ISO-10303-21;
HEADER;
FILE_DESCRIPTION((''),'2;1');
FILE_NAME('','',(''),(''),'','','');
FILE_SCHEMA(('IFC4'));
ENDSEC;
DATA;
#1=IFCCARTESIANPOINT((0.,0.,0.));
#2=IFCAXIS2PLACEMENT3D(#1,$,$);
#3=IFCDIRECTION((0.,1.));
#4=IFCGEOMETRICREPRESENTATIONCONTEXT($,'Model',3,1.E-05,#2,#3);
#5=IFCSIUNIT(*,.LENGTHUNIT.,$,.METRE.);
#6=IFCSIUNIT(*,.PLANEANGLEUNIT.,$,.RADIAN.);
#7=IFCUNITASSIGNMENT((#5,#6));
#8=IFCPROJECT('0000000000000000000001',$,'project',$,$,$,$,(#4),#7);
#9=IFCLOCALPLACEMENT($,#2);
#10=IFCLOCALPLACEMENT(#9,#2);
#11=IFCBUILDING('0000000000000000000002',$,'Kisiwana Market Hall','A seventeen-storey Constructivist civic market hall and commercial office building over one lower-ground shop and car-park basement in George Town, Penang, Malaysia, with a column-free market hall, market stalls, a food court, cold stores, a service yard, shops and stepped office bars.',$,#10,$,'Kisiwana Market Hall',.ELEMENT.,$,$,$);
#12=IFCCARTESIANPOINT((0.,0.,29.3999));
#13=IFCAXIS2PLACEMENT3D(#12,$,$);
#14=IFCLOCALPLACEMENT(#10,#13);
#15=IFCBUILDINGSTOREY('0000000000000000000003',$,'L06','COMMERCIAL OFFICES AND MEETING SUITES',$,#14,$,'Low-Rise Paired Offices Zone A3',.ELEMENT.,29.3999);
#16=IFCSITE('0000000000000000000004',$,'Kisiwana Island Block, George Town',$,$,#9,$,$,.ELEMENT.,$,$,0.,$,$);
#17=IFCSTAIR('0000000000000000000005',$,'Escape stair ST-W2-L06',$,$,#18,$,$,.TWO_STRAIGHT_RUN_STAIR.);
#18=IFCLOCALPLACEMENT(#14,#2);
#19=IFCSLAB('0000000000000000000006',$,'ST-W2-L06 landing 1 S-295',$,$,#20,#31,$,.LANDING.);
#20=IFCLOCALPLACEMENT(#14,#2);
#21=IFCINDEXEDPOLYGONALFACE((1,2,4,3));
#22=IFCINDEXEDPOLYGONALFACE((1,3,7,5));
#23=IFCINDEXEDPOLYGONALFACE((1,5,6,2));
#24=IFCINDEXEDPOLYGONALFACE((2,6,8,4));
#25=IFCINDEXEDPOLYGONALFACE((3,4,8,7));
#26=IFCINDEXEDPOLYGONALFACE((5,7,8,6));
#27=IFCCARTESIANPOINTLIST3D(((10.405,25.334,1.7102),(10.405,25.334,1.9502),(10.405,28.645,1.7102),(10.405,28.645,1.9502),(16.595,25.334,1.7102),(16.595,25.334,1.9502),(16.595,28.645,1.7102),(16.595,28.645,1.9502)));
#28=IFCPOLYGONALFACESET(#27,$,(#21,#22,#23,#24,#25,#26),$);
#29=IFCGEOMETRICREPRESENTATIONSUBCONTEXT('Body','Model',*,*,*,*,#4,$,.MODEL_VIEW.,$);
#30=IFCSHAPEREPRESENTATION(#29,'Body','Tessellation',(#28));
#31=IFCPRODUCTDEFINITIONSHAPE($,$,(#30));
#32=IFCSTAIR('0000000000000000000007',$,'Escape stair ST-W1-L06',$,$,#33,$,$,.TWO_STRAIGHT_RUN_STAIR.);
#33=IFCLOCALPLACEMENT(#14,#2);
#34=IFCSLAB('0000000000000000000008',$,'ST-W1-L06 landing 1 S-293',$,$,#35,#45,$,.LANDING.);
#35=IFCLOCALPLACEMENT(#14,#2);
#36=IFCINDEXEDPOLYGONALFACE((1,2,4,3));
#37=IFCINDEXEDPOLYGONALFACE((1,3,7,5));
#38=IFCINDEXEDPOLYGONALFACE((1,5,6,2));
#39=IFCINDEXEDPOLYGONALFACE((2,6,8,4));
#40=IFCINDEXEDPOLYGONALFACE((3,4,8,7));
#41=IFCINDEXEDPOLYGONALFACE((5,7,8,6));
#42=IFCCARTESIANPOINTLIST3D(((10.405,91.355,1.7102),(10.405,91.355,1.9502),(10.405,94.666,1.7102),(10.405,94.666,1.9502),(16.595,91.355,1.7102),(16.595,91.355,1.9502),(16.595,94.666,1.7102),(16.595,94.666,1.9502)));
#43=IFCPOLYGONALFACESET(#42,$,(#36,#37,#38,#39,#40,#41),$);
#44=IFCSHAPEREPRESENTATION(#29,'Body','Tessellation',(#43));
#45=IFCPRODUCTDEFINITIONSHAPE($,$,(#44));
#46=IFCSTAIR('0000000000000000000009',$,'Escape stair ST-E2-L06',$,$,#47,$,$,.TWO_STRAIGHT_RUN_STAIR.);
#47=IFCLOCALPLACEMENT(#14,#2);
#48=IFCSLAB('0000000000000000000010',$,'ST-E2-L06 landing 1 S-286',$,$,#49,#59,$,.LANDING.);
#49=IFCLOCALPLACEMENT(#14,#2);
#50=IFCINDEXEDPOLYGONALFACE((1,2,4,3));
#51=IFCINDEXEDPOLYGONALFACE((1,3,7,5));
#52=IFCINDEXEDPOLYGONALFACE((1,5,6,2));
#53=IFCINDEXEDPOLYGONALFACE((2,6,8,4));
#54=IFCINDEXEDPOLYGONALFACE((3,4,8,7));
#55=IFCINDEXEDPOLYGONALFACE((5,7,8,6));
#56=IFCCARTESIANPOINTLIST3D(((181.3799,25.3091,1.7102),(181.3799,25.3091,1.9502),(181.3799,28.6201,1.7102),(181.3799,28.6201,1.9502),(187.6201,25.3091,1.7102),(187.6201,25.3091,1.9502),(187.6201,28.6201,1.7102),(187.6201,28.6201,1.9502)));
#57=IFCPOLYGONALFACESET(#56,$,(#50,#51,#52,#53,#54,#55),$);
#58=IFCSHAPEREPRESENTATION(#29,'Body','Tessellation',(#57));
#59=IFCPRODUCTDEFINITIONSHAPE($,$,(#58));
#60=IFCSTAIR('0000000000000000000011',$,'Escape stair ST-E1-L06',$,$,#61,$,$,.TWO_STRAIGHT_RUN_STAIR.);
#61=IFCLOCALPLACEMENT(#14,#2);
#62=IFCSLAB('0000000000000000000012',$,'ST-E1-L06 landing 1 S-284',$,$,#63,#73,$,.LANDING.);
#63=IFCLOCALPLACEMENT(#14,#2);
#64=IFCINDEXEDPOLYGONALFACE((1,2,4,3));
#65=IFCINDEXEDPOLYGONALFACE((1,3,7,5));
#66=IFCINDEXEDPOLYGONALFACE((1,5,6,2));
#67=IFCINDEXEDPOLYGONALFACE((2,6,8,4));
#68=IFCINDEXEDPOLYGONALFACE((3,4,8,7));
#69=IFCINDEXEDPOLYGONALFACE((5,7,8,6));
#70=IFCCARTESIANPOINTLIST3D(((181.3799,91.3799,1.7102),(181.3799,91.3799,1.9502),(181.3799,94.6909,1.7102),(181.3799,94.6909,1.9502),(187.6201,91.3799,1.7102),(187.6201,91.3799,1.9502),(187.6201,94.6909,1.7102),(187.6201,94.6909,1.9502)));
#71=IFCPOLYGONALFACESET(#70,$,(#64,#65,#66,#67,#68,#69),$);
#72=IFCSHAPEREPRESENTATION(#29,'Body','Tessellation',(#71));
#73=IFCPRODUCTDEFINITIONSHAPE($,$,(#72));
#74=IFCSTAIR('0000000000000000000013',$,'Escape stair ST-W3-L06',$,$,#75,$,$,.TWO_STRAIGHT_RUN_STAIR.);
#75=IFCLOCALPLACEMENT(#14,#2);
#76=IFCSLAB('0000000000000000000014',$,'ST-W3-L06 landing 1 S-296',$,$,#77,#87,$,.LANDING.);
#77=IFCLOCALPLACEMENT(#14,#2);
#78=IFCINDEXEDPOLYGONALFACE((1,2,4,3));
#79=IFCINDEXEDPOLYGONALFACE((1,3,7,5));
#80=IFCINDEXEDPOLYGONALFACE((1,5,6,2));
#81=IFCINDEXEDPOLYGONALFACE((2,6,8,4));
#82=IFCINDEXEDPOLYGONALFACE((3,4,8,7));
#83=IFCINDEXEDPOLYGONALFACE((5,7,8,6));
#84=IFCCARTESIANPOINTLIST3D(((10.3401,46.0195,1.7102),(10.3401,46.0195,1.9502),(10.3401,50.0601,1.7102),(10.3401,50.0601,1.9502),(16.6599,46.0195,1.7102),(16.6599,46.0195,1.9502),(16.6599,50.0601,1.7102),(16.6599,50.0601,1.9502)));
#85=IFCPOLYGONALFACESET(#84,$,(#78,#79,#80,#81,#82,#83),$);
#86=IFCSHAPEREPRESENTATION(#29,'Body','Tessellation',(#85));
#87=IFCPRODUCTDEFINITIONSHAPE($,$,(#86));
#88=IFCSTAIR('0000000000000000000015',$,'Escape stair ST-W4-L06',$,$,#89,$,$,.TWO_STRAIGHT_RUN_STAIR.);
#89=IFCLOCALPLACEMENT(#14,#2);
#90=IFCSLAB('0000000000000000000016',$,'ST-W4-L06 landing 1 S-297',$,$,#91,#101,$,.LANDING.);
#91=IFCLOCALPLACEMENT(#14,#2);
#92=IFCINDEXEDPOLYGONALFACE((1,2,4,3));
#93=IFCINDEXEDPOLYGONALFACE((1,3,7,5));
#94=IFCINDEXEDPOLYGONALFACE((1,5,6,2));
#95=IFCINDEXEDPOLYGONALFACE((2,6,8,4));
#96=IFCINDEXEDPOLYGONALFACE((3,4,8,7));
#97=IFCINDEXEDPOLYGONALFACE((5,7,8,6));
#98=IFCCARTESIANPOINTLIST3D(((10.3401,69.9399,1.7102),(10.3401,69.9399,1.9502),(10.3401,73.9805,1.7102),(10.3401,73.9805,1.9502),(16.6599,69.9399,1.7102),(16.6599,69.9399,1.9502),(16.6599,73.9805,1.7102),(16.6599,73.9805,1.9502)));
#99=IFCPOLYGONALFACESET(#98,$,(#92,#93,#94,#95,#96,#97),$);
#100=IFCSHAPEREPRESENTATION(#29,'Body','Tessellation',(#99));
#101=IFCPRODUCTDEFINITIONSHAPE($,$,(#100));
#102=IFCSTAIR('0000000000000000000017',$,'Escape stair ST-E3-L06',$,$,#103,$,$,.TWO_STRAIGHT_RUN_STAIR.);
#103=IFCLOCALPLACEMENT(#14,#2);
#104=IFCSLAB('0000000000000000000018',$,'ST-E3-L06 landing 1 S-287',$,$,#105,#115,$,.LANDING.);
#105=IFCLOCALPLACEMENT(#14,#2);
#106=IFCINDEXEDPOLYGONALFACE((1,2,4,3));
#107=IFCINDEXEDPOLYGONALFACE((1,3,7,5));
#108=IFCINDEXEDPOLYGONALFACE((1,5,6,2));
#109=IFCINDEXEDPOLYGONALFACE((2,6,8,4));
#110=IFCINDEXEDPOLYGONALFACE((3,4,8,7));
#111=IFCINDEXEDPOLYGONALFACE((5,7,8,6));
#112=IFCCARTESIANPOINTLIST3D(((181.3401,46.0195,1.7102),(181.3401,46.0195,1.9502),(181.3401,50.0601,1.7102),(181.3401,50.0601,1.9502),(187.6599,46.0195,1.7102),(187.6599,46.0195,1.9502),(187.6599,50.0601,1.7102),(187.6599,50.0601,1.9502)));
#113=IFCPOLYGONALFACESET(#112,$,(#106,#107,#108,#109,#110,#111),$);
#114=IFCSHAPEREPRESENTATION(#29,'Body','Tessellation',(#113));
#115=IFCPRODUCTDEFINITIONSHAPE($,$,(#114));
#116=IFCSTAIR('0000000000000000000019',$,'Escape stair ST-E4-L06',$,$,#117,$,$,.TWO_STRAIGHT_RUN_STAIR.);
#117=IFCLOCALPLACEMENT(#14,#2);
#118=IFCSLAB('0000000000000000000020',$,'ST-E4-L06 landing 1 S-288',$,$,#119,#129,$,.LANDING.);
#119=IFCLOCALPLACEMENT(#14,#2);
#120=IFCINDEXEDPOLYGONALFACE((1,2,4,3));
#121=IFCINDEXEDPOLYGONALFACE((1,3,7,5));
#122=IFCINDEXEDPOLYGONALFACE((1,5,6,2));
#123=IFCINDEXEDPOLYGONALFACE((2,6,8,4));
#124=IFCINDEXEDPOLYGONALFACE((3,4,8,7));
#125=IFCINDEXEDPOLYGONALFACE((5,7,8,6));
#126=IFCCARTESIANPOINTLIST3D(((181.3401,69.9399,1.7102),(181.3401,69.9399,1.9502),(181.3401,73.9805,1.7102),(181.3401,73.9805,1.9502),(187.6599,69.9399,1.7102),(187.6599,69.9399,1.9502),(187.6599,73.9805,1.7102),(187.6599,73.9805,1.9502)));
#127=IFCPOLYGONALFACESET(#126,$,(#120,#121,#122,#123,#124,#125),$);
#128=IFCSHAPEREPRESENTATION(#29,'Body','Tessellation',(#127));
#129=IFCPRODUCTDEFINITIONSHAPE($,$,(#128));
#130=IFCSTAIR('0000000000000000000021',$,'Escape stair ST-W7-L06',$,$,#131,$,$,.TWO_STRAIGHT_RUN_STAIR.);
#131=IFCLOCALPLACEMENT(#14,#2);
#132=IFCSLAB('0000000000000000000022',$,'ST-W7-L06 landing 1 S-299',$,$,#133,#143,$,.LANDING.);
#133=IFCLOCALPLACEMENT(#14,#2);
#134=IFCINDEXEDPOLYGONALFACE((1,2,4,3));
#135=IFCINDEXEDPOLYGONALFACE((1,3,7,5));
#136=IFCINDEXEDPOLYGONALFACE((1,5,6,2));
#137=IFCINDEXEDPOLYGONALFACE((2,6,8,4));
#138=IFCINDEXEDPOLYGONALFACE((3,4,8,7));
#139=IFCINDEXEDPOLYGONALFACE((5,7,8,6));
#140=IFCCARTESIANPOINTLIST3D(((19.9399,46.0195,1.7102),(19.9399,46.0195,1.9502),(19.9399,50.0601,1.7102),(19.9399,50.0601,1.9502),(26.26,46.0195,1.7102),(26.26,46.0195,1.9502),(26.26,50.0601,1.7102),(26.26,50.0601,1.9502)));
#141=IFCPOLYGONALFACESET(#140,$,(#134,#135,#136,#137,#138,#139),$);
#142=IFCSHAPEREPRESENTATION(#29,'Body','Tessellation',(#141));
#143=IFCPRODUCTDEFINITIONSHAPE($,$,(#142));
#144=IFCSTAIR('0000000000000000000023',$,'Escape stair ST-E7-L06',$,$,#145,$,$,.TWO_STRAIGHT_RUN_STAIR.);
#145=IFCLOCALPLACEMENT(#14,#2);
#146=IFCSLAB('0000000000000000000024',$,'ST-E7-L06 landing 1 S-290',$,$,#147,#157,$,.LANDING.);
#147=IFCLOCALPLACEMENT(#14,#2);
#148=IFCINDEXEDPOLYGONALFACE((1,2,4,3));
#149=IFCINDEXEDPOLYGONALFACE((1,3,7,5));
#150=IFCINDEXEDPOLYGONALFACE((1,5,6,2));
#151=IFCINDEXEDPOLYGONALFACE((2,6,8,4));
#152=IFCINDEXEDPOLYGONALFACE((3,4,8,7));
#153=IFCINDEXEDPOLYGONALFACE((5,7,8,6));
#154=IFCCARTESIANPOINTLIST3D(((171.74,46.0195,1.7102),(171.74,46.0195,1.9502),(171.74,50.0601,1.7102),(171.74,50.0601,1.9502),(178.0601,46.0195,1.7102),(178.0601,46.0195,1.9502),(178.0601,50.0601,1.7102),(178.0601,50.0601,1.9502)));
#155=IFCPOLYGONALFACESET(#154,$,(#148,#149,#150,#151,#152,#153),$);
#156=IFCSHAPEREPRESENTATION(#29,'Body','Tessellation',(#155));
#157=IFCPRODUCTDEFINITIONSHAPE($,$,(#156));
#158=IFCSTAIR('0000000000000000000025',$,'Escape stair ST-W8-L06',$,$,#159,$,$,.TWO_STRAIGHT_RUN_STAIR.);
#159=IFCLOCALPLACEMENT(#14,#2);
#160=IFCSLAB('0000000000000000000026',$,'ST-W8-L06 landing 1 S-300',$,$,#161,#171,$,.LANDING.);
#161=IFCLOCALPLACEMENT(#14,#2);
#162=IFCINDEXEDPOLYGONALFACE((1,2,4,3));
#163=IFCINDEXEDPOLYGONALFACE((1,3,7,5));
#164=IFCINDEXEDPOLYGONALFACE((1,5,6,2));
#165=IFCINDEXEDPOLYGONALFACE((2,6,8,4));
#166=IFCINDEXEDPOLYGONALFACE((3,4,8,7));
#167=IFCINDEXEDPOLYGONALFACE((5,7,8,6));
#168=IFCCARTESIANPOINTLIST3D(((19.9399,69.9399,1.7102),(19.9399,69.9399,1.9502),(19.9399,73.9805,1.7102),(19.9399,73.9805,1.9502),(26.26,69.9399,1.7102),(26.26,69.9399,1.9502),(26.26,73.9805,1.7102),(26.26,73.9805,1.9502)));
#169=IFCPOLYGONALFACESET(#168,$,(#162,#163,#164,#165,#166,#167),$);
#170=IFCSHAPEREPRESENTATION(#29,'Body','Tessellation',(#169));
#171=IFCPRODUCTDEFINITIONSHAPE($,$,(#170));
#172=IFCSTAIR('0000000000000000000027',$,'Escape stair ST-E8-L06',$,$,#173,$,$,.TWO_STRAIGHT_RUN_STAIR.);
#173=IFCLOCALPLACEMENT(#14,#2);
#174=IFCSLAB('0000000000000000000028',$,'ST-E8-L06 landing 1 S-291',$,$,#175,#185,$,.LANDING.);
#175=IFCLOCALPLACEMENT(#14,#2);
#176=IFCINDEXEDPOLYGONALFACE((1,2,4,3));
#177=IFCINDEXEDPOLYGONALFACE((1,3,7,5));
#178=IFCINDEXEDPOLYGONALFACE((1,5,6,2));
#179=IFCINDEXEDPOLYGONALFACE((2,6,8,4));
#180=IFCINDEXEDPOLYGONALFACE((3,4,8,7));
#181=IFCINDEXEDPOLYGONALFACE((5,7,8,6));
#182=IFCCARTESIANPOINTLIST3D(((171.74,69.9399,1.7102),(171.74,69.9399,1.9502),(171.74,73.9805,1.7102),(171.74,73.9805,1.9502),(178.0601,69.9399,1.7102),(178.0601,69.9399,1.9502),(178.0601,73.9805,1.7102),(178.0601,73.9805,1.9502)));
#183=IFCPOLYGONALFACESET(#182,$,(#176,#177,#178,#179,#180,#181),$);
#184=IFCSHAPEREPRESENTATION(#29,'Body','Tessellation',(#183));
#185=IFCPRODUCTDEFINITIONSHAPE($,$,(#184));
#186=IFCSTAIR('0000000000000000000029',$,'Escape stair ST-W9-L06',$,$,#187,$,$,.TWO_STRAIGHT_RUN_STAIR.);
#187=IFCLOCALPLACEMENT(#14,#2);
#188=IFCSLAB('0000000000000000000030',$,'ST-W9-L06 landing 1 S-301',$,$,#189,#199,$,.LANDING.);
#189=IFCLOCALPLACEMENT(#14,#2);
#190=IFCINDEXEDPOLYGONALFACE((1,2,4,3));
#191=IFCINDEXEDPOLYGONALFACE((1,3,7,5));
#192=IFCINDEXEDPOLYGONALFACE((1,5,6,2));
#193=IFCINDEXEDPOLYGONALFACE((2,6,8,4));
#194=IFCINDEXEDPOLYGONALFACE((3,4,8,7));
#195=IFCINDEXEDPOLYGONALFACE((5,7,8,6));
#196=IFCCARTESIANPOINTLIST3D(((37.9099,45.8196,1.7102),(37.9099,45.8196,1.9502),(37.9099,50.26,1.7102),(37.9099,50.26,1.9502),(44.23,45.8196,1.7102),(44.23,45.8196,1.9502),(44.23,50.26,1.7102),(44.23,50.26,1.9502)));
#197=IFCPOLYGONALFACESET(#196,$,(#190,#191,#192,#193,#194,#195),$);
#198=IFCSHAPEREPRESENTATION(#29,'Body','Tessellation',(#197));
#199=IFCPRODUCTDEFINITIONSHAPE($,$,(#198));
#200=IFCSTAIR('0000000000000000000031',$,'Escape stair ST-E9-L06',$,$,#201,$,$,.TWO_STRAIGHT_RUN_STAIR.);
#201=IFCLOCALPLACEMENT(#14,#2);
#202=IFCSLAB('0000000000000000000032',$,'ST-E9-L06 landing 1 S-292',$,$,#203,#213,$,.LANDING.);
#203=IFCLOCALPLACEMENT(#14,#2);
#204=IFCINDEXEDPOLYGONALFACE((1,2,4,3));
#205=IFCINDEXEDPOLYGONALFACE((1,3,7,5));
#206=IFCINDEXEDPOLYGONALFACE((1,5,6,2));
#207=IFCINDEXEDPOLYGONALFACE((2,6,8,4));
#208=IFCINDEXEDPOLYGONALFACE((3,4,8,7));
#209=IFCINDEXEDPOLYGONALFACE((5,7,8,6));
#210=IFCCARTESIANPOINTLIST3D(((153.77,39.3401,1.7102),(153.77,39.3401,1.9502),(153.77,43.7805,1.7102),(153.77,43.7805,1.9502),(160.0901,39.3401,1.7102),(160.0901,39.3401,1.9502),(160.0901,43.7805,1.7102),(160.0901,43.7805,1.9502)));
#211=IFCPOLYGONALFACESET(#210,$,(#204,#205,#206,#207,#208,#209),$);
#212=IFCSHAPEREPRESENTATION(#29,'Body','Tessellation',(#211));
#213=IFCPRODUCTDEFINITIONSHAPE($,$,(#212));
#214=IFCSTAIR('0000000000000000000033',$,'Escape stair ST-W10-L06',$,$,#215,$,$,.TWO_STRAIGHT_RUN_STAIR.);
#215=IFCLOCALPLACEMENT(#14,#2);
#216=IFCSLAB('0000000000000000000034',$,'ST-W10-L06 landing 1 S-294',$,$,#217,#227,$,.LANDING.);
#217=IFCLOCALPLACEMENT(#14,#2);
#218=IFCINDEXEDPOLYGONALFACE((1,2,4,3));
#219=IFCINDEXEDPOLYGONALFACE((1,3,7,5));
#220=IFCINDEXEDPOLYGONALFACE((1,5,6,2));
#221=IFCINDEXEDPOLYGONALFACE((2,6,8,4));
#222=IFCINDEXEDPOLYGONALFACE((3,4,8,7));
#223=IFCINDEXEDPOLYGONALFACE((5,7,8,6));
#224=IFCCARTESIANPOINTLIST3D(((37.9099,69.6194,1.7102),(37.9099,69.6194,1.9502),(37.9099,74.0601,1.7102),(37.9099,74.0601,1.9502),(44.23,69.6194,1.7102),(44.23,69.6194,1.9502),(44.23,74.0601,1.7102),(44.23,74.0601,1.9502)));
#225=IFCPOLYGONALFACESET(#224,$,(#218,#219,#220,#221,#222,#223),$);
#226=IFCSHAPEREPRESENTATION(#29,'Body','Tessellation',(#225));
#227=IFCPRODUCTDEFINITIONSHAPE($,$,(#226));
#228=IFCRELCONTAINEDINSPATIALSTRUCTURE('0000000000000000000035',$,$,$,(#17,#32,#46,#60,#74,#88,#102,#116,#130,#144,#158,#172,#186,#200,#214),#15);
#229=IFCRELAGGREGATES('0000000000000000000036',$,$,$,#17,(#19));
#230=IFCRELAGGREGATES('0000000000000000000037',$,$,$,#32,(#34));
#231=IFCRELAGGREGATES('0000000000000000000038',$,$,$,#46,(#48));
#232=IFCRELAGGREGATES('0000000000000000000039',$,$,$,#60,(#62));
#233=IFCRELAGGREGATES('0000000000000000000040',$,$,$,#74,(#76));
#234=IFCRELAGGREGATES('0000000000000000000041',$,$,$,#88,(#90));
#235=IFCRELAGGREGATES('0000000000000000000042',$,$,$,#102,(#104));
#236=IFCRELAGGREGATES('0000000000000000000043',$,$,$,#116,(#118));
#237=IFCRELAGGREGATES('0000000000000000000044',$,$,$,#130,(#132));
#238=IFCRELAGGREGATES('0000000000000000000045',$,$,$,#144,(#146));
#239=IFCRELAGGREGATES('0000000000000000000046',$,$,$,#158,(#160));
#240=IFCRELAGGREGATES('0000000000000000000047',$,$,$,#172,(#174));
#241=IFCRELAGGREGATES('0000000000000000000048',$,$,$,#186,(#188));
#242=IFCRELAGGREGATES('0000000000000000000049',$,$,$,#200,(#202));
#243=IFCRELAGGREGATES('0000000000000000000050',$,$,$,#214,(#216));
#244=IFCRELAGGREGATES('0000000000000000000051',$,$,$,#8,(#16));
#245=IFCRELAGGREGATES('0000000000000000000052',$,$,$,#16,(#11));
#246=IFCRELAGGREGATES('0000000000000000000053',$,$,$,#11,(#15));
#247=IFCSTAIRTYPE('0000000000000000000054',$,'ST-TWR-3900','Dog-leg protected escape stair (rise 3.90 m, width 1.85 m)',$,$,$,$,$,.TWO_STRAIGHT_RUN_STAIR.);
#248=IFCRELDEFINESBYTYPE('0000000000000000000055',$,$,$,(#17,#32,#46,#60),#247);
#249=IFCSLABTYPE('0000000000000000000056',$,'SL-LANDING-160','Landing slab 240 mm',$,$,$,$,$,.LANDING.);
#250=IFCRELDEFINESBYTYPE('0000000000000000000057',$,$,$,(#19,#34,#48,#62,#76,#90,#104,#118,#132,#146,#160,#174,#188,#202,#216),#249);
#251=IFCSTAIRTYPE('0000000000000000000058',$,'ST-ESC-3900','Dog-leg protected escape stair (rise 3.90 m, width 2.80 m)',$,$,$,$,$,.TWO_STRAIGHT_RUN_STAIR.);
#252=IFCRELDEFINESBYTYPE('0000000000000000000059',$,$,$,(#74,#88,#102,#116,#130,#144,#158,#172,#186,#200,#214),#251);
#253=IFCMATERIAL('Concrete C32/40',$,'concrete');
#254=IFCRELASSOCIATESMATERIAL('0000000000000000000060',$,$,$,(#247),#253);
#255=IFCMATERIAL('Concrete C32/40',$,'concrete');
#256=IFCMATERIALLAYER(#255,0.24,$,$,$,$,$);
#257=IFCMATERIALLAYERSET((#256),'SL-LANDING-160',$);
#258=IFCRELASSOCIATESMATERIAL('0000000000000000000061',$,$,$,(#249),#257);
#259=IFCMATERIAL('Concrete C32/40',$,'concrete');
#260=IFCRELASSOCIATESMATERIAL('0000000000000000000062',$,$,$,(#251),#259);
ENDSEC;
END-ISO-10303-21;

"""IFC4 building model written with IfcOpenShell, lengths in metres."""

from ifc_helpers import new_model, si_unit, direction, frame, origin, place, context, subcontext, project, spatial, polyline, outline, extrude, material, layer, layer_set, type_object, element, aggregate, save


model = new_model("IFC4")

# Units and contexts
model_context = context("Model", 3, precision=1e-05, world=origin(), true_north=direction((0.0, 1.0)))
body_context = subcontext(model_context, "Body", "Model", "MODEL_VIEW")
ifc_project = project(units=[si_unit("LENGTHUNIT", "METRE"), si_unit("PLANEANGLEUNIT", "RADIAN")], contexts=[model_context])

# Site, building, storey
site_placement = place(None, origin())
site = spatial("IfcSite", under=ifc_project, at=site_placement, Name="Kisiwana Island Block, George Town", CompositionType="ELEMENT", RefElevation=0.0)
building_placement = place(site_placement, origin())
building = spatial("IfcBuilding", under=site, at=building_placement, Name="Kisiwana Market Hall", Description="A seventeen-storey Constructivist civic market hall and commercial office building over one lower-ground shop and car-park basement in George Town, Penang, Malaysia, with a column-free market hall, market stalls, a food court, cold stores, a service yard, shops and stepped office bars.", LongName="Kisiwana Market Hall", CompositionType="ELEMENT")
storey_placement = place(building_placement, frame((0.0, 0.0, 29.3999)))
storey = spatial("IfcBuildingStorey", under=building, at=storey_placement, Name="L06", Description="COMMERCIAL OFFICES AND MEETING SUITES", LongName="Low-Rise Paired Offices Zone A3", CompositionType="ELEMENT", Elevation=29.3999)

# Stairs, slabs
ifc_material_1 = material(Name="Concrete C32/40", Category="concrete")
stair_type_1 = type_object("IfcStairType", Name="ST-TWR-3900", Description="Dog-leg protected escape stair (rise 3.90 m, width 1.85 m)", PredefinedType="TWO_STRAIGHT_RUN_STAIR", material=ifc_material_1)
stair_1_placement = place(storey_placement, origin())
stair_1 = element("IfcStair", 1, at=stair_1_placement, inside=storey, type_object=stair_type_1, Name="Escape stair ST-W2-L06", PredefinedType="TWO_STRAIGHT_RUN_STAIR")
ifc_material_2 = material(Name="Concrete C32/40", Category="concrete")
ifc_layer_1 = layer(ifc_material_2, 0.24)
ifc_layer_set_1 = layer_set([ifc_layer_1], Name="SL-LANDING-160")
slab_type_1 = type_object("IfcSlabType", Name="SL-LANDING-160", Description="Landing slab 240 mm", PredefinedType="LANDING", material=ifc_layer_set_1)
slab_1_placement = place(storey_placement, frame((0.0, 0.0, 1.7102)))
slab_1 = element("IfcSlab", 2, at=slab_1_placement, type_object=slab_type_1, Name="ST-W2-L06 landing 1 S-295", PredefinedType="LANDING", context=body_context, shape_type="SweptSolid", body=[
    extrude(outline(polyline([(10.405, 25.334), (16.595, 25.334), (16.595, 28.645), (10.405, 28.645), (10.405, 25.334)])), origin(), (0.0, 0.0, 1.0), 0.24),
])
aggregate(stair_1, [slab_1])
stair_2_placement = place(storey_placement, origin())
stair_2 = element("IfcStair", 3, at=stair_2_placement, inside=storey, type_object=stair_type_1, Name="Escape stair ST-W1-L06", PredefinedType="TWO_STRAIGHT_RUN_STAIR")
slab_2_placement = place(storey_placement, frame((0.0, 0.0, 1.7102)))
slab_2 = element("IfcSlab", 4, at=slab_2_placement, type_object=slab_type_1, Name="ST-W1-L06 landing 1 S-293", PredefinedType="LANDING", context=body_context, shape_type="SweptSolid", body=[
    extrude(outline(polyline([(10.405, 91.355), (16.595, 91.355), (16.595, 94.666), (10.405, 94.666), (10.405, 91.355)])), origin(), (0.0, 0.0, 1.0), 0.24),
])
aggregate(stair_2, [slab_2])
stair_3_placement = place(storey_placement, origin())
stair_3 = element("IfcStair", 5, at=stair_3_placement, inside=storey, type_object=stair_type_1, Name="Escape stair ST-E2-L06", PredefinedType="TWO_STRAIGHT_RUN_STAIR")
slab_3_placement = place(storey_placement, frame((0.0, 0.0, 1.7102)))
slab_3 = element("IfcSlab", 6, at=slab_3_placement, type_object=slab_type_1, Name="ST-E2-L06 landing 1 S-286", PredefinedType="LANDING", context=body_context, shape_type="SweptSolid", body=[
    extrude(outline(polyline([(181.3799, 25.3091), (187.6201, 25.3091), (187.6201, 28.6201), (181.3799, 28.6201), (181.3799, 25.3091)])), origin(), (0.0, 0.0, 1.0), 0.24),
])
aggregate(stair_3, [slab_3])
stair_4_placement = place(storey_placement, origin())
stair_4 = element("IfcStair", 7, at=stair_4_placement, inside=storey, type_object=stair_type_1, Name="Escape stair ST-E1-L06", PredefinedType="TWO_STRAIGHT_RUN_STAIR")
slab_4_placement = place(storey_placement, frame((0.0, 0.0, 1.7102)))
slab_4 = element("IfcSlab", 8, at=slab_4_placement, type_object=slab_type_1, Name="ST-E1-L06 landing 1 S-284", PredefinedType="LANDING", context=body_context, shape_type="SweptSolid", body=[
    extrude(outline(polyline([(181.3799, 91.3799), (187.6201, 91.3799), (187.6201, 94.6909), (181.3799, 94.6909), (181.3799, 91.3799)])), origin(), (0.0, 0.0, 1.0), 0.24),
])
aggregate(stair_4, [slab_4])
ifc_material_3 = material(Name="Concrete C32/40", Category="concrete")
stair_type_2 = type_object("IfcStairType", Name="ST-ESC-3900", Description="Dog-leg protected escape stair (rise 3.90 m, width 2.80 m)", PredefinedType="TWO_STRAIGHT_RUN_STAIR", material=ifc_material_3)
stair_5_placement = place(storey_placement, origin())
stair_5 = element("IfcStair", 9, at=stair_5_placement, inside=storey, type_object=stair_type_2, Name="Escape stair ST-W3-L06", PredefinedType="TWO_STRAIGHT_RUN_STAIR")
slab_5_placement = place(storey_placement, frame((0.0, 0.0, 1.7102)))
slab_5 = element("IfcSlab", 10, at=slab_5_placement, type_object=slab_type_1, Name="ST-W3-L06 landing 1 S-296", PredefinedType="LANDING", context=body_context, shape_type="SweptSolid", body=[
    extrude(outline(polyline([(10.3401, 46.0195), (16.6599, 46.0195), (16.6599, 50.0601), (10.3401, 50.0601), (10.3401, 46.0195)])), origin(), (0.0, 0.0, 1.0), 0.24),
])
aggregate(stair_5, [slab_5])
stair_6_placement = place(storey_placement, origin())
stair_6 = element("IfcStair", 11, at=stair_6_placement, inside=storey, type_object=stair_type_2, Name="Escape stair ST-W4-L06", PredefinedType="TWO_STRAIGHT_RUN_STAIR")
slab_6_placement = place(storey_placement, frame((0.0, 0.0, 1.7102)))
slab_6 = element("IfcSlab", 12, at=slab_6_placement, type_object=slab_type_1, Name="ST-W4-L06 landing 1 S-297", PredefinedType="LANDING", context=body_context, shape_type="SweptSolid", body=[
    extrude(outline(polyline([(10.3401, 69.9399), (16.6599, 69.9399), (16.6599, 73.9805), (10.3401, 73.9805), (10.3401, 69.9399)])), origin(), (0.0, 0.0, 1.0), 0.24),
])
aggregate(stair_6, [slab_6])
stair_7_placement = place(storey_placement, origin())
stair_7 = element("IfcStair", 13, at=stair_7_placement, inside=storey, type_object=stair_type_2, Name="Escape stair ST-E3-L06", PredefinedType="TWO_STRAIGHT_RUN_STAIR")
slab_7_placement = place(storey_placement, frame((0.0, 0.0, 1.7102)))
slab_7 = element("IfcSlab", 14, at=slab_7_placement, type_object=slab_type_1, Name="ST-E3-L06 landing 1 S-287", PredefinedType="LANDING", context=body_context, shape_type="SweptSolid", body=[
    extrude(outline(polyline([(181.3401, 46.0195), (187.6599, 46.0195), (187.6599, 50.0601), (181.3401, 50.0601), (181.3401, 46.0195)])), origin(), (0.0, 0.0, 1.0), 0.24),
])
aggregate(stair_7, [slab_7])
stair_8_placement = place(storey_placement, origin())
stair_8 = element("IfcStair", 15, at=stair_8_placement, inside=storey, type_object=stair_type_2, Name="Escape stair ST-E4-L06", PredefinedType="TWO_STRAIGHT_RUN_STAIR")
slab_8_placement = place(storey_placement, frame((0.0, 0.0, 1.7102)))
slab_8 = element("IfcSlab", 16, at=slab_8_placement, type_object=slab_type_1, Name="ST-E4-L06 landing 1 S-288", PredefinedType="LANDING", context=body_context, shape_type="SweptSolid", body=[
    extrude(outline(polyline([(181.3401, 69.9399), (187.6599, 69.9399), (187.6599, 73.9805), (181.3401, 73.9805), (181.3401, 69.9399)])), origin(), (0.0, 0.0, 1.0), 0.24),
])
aggregate(stair_8, [slab_8])
stair_9_placement = place(storey_placement, origin())
stair_9 = element("IfcStair", 17, at=stair_9_placement, inside=storey, type_object=stair_type_2, Name="Escape stair ST-W7-L06", PredefinedType="TWO_STRAIGHT_RUN_STAIR")
slab_9_placement = place(storey_placement, frame((0.0, 0.0, 1.7102)))
slab_9 = element("IfcSlab", 18, at=slab_9_placement, type_object=slab_type_1, Name="ST-W7-L06 landing 1 S-299", PredefinedType="LANDING", context=body_context, shape_type="SweptSolid", body=[
    extrude(outline(polyline([(19.9399, 46.0195), (26.26, 46.0195), (26.26, 50.0601), (19.9399, 50.0601), (19.9399, 46.0195)])), origin(), (0.0, 0.0, 1.0), 0.24),
])
aggregate(stair_9, [slab_9])
stair_10_placement = place(storey_placement, origin())
stair_10 = element("IfcStair", 19, at=stair_10_placement, inside=storey, type_object=stair_type_2, Name="Escape stair ST-E7-L06", PredefinedType="TWO_STRAIGHT_RUN_STAIR")
slab_10_placement = place(storey_placement, frame((0.0, 0.0, 1.7102)))
slab_10 = element("IfcSlab", 20, at=slab_10_placement, type_object=slab_type_1, Name="ST-E7-L06 landing 1 S-290", PredefinedType="LANDING", context=body_context, shape_type="SweptSolid", body=[
    extrude(outline(polyline([(171.74, 46.0195), (178.0601, 46.0195), (178.0601, 50.0601), (171.74, 50.0601), (171.74, 46.0195)])), origin(), (0.0, 0.0, 1.0), 0.24),
])
aggregate(stair_10, [slab_10])
stair_11_placement = place(storey_placement, origin())
stair_11 = element("IfcStair", 21, at=stair_11_placement, inside=storey, type_object=stair_type_2, Name="Escape stair ST-W8-L06", PredefinedType="TWO_STRAIGHT_RUN_STAIR")
slab_11_placement = place(storey_placement, frame((0.0, 0.0, 1.7102)))
slab_11 = element("IfcSlab", 22, at=slab_11_placement, type_object=slab_type_1, Name="ST-W8-L06 landing 1 S-300", PredefinedType="LANDING", context=body_context, shape_type="SweptSolid", body=[
    extrude(outline(polyline([(19.9399, 69.9399), (26.26, 69.9399), (26.26, 73.9805), (19.9399, 73.9805), (19.9399, 69.9399)])), origin(), (0.0, 0.0, 1.0), 0.24),
])
aggregate(stair_11, [slab_11])
stair_12_placement = place(storey_placement, origin())
stair_12 = element("IfcStair", 23, at=stair_12_placement, inside=storey, type_object=stair_type_2, Name="Escape stair ST-E8-L06", PredefinedType="TWO_STRAIGHT_RUN_STAIR")
slab_12_placement = place(storey_placement, frame((0.0, 0.0, 1.7102)))
slab_12 = element("IfcSlab", 24, at=slab_12_placement, type_object=slab_type_1, Name="ST-E8-L06 landing 1 S-291", PredefinedType="LANDING", context=body_context, shape_type="SweptSolid", body=[
    extrude(outline(polyline([(171.74, 69.9399), (178.0601, 69.9399), (178.0601, 73.9805), (171.74, 73.9805), (171.74, 69.9399)])), origin(), (0.0, 0.0, 1.0), 0.24),
])
aggregate(stair_12, [slab_12])
stair_13_placement = place(storey_placement, origin())
stair_13 = element("IfcStair", 25, at=stair_13_placement, inside=storey, type_object=stair_type_2, Name="Escape stair ST-W9-L06", PredefinedType="TWO_STRAIGHT_RUN_STAIR")
slab_13_placement = place(storey_placement, frame((0.0, 0.0, 1.7102)))
slab_13 = element("IfcSlab", 26, at=slab_13_placement, type_object=slab_type_1, Name="ST-W9-L06 landing 1 S-301", PredefinedType="LANDING", context=body_context, shape_type="SweptSolid", body=[
    extrude(outline(polyline([(37.9099, 45.8196), (44.23, 45.8196), (44.23, 50.26), (37.9099, 50.26), (37.9099, 45.8196)])), origin(), (0.0, 0.0, 1.0), 0.24),
])
aggregate(stair_13, [slab_13])
stair_14_placement = place(storey_placement, origin())
stair_14 = element("IfcStair", 27, at=stair_14_placement, inside=storey, type_object=stair_type_2, Name="Escape stair ST-E9-L06", PredefinedType="TWO_STRAIGHT_RUN_STAIR")
slab_14_placement = place(storey_placement, frame((0.0, 0.0, 1.7102)))
slab_14 = element("IfcSlab", 28, at=slab_14_placement, type_object=slab_type_1, Name="ST-E9-L06 landing 1 S-292", PredefinedType="LANDING", context=body_context, shape_type="SweptSolid", body=[
    extrude(outline(polyline([(153.77, 39.3401), (160.0901, 39.3401), (160.0901, 43.7805), (153.77, 43.7805), (153.77, 39.3401)])), origin(), (0.0, 0.0, 1.0), 0.24),
])
aggregate(stair_14, [slab_14])
stair_15_placement = place(storey_placement, origin())
stair_15 = element("IfcStair", 29, at=stair_15_placement, inside=storey, type_object=stair_type_2, Name="Escape stair ST-W10-L06", PredefinedType="TWO_STRAIGHT_RUN_STAIR")
slab_15_placement = place(storey_placement, frame((0.0, 0.0, 1.7102)))
slab_15 = element("IfcSlab", 30, at=slab_15_placement, type_object=slab_type_1, Name="ST-W10-L06 landing 1 S-294", PredefinedType="LANDING", context=body_context, shape_type="SweptSolid", body=[
    extrude(outline(polyline([(37.9099, 69.6194), (44.23, 69.6194), (44.23, 74.0601), (37.9099, 74.0601), (37.9099, 69.6194)])), origin(), (0.0, 0.0, 1.0), 0.24),
])
aggregate(stair_15, [slab_15])

save(model, "model.ifc")
